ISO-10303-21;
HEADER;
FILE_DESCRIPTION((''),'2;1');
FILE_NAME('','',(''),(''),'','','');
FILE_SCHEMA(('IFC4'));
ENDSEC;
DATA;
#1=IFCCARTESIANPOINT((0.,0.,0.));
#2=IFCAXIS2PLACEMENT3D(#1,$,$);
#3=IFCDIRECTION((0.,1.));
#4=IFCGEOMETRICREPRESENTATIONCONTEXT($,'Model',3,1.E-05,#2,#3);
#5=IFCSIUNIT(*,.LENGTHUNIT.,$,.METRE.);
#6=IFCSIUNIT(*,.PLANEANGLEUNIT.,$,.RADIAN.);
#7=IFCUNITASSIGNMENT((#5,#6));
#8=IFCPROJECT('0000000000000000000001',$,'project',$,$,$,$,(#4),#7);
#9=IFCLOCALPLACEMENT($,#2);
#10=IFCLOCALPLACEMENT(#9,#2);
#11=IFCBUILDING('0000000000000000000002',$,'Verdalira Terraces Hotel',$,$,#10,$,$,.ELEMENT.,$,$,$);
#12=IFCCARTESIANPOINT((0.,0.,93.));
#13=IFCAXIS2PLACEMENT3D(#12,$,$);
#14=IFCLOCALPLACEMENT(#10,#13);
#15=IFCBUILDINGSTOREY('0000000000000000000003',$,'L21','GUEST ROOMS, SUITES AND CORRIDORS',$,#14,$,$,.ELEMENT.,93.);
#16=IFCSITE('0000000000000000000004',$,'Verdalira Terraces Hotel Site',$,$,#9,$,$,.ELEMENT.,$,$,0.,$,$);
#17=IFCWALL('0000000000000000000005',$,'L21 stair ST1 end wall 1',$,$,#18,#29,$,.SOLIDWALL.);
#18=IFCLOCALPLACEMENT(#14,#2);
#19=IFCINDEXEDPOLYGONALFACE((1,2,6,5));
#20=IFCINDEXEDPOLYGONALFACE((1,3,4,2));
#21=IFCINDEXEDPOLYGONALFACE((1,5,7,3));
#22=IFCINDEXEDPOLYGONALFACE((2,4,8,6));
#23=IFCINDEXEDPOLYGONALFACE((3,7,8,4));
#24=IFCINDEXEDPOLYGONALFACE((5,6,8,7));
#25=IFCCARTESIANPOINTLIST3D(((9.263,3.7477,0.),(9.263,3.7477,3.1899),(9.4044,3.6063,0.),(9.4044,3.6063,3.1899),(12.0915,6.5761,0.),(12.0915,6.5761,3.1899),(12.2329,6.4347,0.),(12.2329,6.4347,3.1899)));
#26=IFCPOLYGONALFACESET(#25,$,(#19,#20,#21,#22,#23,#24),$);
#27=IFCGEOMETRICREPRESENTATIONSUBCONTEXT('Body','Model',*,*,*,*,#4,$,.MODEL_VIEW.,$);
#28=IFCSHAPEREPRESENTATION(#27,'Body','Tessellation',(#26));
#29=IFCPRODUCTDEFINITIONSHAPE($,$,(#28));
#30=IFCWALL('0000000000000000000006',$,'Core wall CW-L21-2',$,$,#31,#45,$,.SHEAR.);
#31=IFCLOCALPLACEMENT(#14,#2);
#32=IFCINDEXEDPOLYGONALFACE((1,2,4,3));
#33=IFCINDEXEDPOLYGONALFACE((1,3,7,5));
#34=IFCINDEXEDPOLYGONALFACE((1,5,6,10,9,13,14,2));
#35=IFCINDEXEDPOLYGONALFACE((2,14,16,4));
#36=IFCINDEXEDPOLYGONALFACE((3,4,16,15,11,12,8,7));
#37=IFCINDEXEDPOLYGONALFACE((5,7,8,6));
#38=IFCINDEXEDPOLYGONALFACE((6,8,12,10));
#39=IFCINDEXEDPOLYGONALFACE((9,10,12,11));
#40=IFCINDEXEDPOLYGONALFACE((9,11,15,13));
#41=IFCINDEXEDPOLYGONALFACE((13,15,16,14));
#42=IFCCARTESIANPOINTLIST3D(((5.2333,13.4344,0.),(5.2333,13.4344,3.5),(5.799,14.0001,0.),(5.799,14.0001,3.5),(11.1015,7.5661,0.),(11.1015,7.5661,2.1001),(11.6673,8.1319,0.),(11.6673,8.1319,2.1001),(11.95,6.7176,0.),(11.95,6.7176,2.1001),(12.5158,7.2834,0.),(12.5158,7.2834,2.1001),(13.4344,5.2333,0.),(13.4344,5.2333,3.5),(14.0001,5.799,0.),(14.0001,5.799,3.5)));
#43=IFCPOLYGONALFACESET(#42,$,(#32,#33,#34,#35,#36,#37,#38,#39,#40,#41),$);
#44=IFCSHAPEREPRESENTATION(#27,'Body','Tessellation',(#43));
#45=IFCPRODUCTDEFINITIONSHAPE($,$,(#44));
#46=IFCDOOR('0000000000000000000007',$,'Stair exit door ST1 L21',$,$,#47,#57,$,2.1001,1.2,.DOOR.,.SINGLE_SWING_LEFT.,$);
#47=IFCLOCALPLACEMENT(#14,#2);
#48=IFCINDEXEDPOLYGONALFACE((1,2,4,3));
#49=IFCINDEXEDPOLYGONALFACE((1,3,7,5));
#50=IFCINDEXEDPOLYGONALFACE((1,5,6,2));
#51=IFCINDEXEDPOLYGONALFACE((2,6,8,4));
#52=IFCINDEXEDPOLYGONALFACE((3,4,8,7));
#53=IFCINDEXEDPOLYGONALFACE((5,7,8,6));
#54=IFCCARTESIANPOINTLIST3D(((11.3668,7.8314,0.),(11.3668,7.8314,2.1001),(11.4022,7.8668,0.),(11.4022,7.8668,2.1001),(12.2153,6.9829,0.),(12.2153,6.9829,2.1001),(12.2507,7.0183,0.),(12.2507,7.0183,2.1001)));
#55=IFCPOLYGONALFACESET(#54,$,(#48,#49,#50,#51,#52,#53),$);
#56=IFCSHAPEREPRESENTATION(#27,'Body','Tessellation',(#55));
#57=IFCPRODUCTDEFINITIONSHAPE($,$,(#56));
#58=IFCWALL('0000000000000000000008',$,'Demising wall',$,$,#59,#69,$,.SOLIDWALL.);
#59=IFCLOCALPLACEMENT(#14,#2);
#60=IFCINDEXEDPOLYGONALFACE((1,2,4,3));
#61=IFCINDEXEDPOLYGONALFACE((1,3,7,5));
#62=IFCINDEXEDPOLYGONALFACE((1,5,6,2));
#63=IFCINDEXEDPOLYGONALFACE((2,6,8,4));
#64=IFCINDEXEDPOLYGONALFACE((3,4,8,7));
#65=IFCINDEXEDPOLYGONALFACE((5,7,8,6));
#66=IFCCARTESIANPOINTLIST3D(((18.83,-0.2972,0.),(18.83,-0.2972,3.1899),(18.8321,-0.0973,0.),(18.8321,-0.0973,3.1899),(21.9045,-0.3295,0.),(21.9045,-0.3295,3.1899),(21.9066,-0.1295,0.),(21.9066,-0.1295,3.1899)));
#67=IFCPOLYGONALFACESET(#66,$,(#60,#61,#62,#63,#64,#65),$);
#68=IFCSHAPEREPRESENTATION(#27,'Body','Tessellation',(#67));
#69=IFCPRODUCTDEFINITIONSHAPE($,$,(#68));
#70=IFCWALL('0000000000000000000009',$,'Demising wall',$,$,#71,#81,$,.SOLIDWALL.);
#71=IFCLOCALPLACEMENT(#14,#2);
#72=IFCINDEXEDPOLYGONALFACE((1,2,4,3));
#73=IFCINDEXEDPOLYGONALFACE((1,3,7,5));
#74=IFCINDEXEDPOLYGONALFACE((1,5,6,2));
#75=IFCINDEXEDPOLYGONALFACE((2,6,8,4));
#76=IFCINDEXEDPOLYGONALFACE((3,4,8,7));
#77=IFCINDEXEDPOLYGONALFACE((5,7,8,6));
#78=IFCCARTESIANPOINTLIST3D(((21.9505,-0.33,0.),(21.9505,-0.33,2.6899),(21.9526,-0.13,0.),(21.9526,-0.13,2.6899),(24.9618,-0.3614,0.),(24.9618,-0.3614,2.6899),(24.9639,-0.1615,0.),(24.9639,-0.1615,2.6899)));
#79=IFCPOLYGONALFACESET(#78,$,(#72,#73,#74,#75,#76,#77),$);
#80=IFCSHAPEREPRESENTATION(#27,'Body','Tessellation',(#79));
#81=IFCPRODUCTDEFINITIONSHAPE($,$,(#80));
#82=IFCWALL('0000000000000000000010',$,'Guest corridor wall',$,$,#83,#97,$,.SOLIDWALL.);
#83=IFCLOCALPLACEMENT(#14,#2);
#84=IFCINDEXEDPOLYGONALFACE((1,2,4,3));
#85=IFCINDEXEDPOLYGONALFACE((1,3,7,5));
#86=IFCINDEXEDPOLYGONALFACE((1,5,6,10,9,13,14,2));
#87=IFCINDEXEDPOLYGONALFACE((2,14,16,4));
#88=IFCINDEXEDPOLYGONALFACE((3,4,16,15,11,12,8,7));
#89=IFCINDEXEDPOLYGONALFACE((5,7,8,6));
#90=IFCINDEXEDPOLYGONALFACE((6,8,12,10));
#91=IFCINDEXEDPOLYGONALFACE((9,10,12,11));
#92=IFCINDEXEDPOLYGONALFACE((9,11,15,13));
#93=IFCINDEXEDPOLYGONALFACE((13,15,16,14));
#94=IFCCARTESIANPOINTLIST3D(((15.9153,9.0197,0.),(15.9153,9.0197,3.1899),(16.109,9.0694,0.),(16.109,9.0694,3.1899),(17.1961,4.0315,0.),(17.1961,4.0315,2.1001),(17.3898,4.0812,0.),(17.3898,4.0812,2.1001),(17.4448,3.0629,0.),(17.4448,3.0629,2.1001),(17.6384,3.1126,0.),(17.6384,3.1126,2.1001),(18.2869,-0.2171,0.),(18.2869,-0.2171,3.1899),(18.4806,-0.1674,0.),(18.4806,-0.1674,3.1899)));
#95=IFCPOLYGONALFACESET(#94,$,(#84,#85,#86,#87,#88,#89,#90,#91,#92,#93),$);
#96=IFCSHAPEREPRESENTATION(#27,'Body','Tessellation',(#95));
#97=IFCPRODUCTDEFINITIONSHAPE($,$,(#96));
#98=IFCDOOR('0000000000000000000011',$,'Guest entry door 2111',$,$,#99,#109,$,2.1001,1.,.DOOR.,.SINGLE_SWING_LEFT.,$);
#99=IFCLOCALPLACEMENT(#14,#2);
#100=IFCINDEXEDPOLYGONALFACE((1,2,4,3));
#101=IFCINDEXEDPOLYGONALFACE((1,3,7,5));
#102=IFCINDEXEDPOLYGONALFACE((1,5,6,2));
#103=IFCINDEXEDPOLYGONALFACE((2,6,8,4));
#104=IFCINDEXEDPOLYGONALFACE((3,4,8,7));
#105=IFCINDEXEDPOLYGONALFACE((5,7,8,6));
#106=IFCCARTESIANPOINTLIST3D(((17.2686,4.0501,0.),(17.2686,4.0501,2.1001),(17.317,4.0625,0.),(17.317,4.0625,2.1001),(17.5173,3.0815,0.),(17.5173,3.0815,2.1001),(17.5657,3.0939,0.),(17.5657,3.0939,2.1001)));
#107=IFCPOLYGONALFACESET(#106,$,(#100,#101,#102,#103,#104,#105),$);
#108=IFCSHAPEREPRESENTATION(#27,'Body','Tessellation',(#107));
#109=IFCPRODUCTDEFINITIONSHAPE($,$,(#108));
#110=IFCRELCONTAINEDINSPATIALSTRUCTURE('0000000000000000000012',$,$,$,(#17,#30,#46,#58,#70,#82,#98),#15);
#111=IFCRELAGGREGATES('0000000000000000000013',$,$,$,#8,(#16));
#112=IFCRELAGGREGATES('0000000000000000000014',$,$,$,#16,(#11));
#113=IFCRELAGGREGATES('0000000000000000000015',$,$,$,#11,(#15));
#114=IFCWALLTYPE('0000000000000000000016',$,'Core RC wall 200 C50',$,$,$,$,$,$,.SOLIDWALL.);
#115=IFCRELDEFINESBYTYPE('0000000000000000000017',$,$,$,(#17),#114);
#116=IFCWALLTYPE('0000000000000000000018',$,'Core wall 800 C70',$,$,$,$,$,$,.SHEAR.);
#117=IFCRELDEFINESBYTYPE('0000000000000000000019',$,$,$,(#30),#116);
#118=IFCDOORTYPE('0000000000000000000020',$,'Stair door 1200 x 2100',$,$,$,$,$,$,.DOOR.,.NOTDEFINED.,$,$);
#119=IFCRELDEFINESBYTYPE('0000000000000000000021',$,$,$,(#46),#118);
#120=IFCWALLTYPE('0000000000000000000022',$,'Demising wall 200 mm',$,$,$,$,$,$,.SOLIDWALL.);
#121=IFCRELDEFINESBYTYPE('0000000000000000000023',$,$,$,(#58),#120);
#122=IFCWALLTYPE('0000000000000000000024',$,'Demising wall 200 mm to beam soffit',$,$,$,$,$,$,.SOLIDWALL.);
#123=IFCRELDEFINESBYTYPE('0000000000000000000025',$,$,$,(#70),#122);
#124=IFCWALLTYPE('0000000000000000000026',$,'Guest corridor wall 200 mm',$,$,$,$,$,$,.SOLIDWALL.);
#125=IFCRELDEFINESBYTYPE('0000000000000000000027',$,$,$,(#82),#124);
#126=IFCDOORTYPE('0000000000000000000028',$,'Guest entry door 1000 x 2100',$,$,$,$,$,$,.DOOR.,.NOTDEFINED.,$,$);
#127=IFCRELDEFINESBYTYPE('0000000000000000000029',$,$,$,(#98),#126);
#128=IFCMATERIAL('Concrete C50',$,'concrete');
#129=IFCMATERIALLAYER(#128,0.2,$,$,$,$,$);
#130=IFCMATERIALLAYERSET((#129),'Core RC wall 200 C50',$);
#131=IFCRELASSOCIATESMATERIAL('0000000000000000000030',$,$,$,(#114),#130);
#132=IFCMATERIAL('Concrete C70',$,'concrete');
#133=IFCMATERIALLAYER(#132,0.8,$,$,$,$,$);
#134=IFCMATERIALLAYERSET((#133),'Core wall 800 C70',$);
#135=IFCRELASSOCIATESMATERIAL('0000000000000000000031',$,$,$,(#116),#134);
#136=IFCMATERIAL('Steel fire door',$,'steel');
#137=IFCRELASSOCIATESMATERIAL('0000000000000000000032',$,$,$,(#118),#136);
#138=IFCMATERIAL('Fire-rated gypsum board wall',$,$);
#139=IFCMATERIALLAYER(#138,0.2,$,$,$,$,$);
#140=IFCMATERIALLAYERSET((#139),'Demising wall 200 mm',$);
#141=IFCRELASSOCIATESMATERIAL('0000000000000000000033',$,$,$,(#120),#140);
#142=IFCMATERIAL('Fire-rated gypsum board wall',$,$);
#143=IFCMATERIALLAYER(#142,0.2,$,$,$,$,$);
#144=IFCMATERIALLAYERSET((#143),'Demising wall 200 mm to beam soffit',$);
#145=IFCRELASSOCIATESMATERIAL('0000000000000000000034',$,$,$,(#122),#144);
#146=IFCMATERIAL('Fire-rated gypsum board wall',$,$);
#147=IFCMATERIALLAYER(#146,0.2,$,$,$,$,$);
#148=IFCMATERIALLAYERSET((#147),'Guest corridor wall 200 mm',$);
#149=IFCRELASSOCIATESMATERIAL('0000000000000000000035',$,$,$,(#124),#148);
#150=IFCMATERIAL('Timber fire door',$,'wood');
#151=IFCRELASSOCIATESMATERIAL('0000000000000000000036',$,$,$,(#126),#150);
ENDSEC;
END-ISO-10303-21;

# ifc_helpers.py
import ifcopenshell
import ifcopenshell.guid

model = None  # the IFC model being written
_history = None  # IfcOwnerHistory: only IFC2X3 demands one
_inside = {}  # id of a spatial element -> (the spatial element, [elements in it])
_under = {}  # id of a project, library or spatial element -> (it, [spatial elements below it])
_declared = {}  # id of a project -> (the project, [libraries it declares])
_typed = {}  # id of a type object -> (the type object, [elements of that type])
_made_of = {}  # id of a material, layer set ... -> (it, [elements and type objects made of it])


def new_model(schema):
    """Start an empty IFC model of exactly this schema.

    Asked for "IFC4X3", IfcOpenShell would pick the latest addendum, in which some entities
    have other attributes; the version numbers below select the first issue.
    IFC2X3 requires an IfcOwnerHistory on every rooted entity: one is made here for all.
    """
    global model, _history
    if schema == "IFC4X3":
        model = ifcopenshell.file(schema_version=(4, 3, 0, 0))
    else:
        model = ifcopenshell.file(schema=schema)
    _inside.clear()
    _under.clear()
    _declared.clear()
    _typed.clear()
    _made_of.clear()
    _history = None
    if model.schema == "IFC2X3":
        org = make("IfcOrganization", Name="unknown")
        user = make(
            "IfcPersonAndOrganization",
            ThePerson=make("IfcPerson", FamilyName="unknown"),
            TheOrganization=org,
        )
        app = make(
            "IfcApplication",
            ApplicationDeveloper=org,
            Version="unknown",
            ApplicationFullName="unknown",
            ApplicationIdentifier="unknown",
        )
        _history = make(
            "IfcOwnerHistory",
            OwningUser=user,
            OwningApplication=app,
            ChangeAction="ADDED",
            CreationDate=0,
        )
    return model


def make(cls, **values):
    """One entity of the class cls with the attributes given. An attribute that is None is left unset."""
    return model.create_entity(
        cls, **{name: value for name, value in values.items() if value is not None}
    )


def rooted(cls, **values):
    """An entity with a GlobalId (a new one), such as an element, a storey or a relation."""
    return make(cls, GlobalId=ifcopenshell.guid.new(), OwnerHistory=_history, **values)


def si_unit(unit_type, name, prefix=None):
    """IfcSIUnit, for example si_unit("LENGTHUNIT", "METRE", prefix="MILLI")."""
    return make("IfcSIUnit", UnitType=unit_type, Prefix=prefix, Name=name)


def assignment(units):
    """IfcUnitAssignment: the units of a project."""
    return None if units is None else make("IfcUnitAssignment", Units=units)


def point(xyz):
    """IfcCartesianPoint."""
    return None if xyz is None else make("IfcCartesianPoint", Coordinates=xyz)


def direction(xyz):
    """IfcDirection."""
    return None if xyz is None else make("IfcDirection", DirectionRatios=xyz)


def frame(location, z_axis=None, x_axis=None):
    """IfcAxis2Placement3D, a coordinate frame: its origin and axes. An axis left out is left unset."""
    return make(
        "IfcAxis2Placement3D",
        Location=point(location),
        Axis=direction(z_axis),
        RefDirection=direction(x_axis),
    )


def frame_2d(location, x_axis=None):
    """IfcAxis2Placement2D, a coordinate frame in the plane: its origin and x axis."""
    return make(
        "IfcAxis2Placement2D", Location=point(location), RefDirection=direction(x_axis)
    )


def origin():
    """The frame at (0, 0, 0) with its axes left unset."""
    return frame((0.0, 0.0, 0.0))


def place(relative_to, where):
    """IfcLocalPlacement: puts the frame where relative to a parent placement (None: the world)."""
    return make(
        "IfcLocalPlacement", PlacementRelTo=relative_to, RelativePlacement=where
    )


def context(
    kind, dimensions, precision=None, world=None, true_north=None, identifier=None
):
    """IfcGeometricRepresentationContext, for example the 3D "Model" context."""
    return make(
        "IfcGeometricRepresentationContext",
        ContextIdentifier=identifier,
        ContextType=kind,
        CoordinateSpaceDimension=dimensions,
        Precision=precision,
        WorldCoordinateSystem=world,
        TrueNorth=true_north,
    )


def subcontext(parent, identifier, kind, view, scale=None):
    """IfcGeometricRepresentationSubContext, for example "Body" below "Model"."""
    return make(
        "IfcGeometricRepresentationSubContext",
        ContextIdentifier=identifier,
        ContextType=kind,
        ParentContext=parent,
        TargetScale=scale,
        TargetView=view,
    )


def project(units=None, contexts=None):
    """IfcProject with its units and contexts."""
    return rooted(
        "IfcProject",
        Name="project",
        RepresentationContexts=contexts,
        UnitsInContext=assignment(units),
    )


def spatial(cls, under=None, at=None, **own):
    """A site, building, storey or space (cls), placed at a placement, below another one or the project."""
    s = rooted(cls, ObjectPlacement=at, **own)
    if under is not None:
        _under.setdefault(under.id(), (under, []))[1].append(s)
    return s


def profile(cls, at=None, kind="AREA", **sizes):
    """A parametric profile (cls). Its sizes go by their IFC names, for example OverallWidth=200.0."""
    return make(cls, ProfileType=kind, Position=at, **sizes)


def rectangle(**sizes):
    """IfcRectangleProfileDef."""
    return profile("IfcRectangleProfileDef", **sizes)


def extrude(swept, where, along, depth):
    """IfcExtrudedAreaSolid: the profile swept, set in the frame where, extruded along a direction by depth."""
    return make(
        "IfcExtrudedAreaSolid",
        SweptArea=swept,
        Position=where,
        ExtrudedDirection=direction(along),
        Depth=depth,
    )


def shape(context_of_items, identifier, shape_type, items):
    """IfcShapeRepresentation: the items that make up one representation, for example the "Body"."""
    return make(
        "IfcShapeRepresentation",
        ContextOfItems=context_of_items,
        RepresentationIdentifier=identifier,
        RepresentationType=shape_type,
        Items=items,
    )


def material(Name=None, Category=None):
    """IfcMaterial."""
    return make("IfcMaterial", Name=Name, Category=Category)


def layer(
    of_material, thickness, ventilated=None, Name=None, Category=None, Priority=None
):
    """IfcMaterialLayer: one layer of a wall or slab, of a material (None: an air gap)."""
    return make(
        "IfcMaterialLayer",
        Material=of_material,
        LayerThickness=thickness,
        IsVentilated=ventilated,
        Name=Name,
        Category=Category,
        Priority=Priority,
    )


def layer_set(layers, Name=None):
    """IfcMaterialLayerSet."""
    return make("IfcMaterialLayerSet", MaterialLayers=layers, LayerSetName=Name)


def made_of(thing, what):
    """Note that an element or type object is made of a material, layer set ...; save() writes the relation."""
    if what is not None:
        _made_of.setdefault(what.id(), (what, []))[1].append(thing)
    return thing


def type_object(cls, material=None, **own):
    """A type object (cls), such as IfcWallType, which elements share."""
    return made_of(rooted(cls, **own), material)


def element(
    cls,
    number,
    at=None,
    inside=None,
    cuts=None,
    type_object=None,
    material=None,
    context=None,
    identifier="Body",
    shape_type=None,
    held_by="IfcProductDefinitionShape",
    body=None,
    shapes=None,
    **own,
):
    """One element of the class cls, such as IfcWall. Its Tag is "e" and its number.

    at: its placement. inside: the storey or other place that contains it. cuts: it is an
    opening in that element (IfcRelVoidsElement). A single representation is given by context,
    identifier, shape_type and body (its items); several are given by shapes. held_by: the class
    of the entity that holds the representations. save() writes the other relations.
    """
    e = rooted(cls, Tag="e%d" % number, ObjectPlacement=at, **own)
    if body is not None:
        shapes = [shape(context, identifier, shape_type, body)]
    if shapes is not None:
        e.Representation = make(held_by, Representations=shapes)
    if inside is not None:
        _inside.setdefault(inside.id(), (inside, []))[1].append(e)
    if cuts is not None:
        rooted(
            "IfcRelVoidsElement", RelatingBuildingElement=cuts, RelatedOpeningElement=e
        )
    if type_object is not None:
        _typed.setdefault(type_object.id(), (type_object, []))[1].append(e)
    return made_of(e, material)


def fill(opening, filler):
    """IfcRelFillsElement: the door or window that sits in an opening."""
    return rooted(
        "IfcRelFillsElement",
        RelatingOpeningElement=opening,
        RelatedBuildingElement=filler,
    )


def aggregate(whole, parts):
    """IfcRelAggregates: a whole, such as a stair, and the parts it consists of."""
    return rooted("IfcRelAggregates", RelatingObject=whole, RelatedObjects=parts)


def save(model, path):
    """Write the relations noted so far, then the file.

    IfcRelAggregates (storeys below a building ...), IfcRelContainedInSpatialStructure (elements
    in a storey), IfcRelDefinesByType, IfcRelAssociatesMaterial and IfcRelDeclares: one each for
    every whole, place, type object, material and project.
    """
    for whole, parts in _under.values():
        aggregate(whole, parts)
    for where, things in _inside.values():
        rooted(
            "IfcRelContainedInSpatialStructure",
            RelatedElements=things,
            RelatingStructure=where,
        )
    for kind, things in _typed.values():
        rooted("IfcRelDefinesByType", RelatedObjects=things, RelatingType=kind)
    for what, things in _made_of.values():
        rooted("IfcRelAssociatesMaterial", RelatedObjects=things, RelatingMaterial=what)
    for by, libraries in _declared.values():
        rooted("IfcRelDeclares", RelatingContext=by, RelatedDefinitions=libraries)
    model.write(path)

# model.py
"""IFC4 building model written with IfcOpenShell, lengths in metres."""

from ifc_helpers import new_model, si_unit, direction, frame, frame_2d, origin, place, context, subcontext, project, spatial, rectangle, extrude, material, layer, layer_set, type_object, element, fill, save


model = new_model("IFC4")

# Units and contexts
model_context = context("Model", 3, precision=1e-05, world=origin(), true_north=direction((0.0, 1.0)))
body_context = subcontext(model_context, "Body", "Model", "MODEL_VIEW")
ifc_project = project(units=[si_unit("LENGTHUNIT", "METRE"), si_unit("PLANEANGLEUNIT", "RADIAN")], contexts=[model_context])

# Site, building, storey
site_placement = place(None, origin())
site = spatial("IfcSite", under=ifc_project, at=site_placement, Name="Verdalira Terraces Hotel Site", CompositionType="ELEMENT", RefElevation=0.0)
building_placement = place(site_placement, origin())
building = spatial("IfcBuilding", under=site, at=building_placement, Name="Verdalira Terraces Hotel", CompositionType="ELEMENT")
storey_placement = place(building_placement, frame((0.0, 0.0, 93.0)))
storey = spatial("IfcBuildingStorey", under=building, at=storey_placement, Name="L21", Description="GUEST ROOMS, SUITES AND CORRIDORS", CompositionType="ELEMENT", Elevation=93.0)

# Shared definitions
ifc_material_1 = material(Name="Concrete C50", Category="concrete")
ifc_layer_1 = layer(ifc_material_1, 0.2)
ifc_layer_set_1 = layer_set([ifc_layer_1], Name="Core RC wall 200 C50")
wall_type_1 = type_object("IfcWallType", Name="Core RC wall 200 C50", PredefinedType="SOLIDWALL", material=ifc_layer_set_1)

# Wall
wall_1_placement = place(storey_placement, frame((9.3337, 3.677, 0.0), z_axis=(0.0, 0.0, 1.0), x_axis=(0.707107, 0.707107, 0.0)))
element("IfcWall", 1, at=wall_1_placement, inside=storey, type_object=wall_type_1, Name="L21 stair ST1 end wall 1", PredefinedType="SOLIDWALL", context=body_context, shape_type="SweptSolid", body=[
    extrude(rectangle(XDim=4.0, YDim=0.2, at=frame_2d((2.0, 0.0))), origin(), (0.0, 0.0, 1.0), 3.1899),
])

# Wall, opening, door
ifc_material_2 = material(Name="Concrete C70", Category="concrete")
ifc_layer_2 = layer(ifc_material_2, 0.8)
ifc_layer_set_2 = layer_set([ifc_layer_2], Name="Core wall 800 C70")
wall_type_2 = type_object("IfcWallType", Name="Core wall 800 C70", PredefinedType="SHEAR", material=ifc_layer_set_2)
wall_2_placement = place(storey_placement, frame((13.7173, 5.5161, 0.0), z_axis=(0.0, 0.0, 1.0), x_axis=(-0.707107, 0.707107, 0.0)))
wall_2 = element("IfcWall", 2, at=wall_2_placement, inside=storey, type_object=wall_type_2, Name="Core wall CW-L21-2", PredefinedType="SHEAR", context=body_context, shape_type="SweptSolid", body=[
    extrude(rectangle(XDim=11.5981, YDim=0.8, at=frame_2d((5.7991, 0.0))), origin(), (0.0, 0.0, 1.0), 3.5),
])
opening_1_placement = place(wall_2_placement, frame((2.0991, 0.0, 0.0)))
opening_1 = element("IfcOpeningElement", 3, at=opening_1_placement, cuts=wall_2, PredefinedType="OPENING", context=body_context, shape_type="SweptSolid", body=[
    extrude(rectangle(XDim=1.2, YDim=2.1001, at=frame_2d((0.6001, 1.05))), frame((0.0, 0.4099, 0.0), z_axis=(0.0, -1.0, 0.0), x_axis=(1.0, 0.0, 0.0)), (0.0, 0.0, 1.0), 0.8201),
])
ifc_material_3 = material(Name="Steel fire door", Category="steel")
door_type_1 = type_object("IfcDoorType", Name="Stair door 1200 x 2100", OperationType="NOTDEFINED", PredefinedType="DOOR", material=ifc_material_3)
door_1_placement = place(opening_1_placement, origin())
door_1 = element("IfcDoor", 4, at=door_1_placement, inside=storey, type_object=door_type_1, Name="Stair exit door ST1 L21", OperationType="SINGLE_SWING_LEFT", OverallHeight=2.1001, OverallWidth=1.2, PredefinedType="DOOR", context=body_context, shape_type="SweptSolid", body=[
    extrude(rectangle(XDim=1.2, YDim=2.1001, at=frame_2d((0.6001, 1.05))), frame((0.0, 0.0249, 0.0), z_axis=(0.0, -1.0, 0.0), x_axis=(1.0, 0.0, 0.0)), (0.0, 0.0, 1.0), 0.05),
])
fill(opening_1, door_1)

# Walls
ifc_material_4 = material(Name="Fire-rated gypsum board wall")
ifc_layer_3 = layer(ifc_material_4, 0.2)
ifc_layer_set_3 = layer_set([ifc_layer_3], Name="Demising wall 200 mm")
wall_type_3 = type_object("IfcWallType", Name="Demising wall 200 mm", PredefinedType="SOLIDWALL", material=ifc_layer_set_3)
wall_3_placement = place(storey_placement, frame((18.8311, -0.1973, 0.0), z_axis=(0.0, 0.0, 1.0), x_axis=(0.999945, -0.010481, 0.0)))
element("IfcWall", 5, at=wall_3_placement, inside=storey, type_object=wall_type_3, Name="Demising wall", PredefinedType="SOLIDWALL", context=body_context, shape_type="SweptSolid", body=[
    extrude(rectangle(XDim=3.0747, YDim=0.2, at=frame_2d((1.5374, 0.0))), origin(), (0.0, 0.0, 1.0), 3.1899),
])
ifc_material_5 = material(Name="Fire-rated gypsum board wall")
ifc_layer_4 = layer(ifc_material_5, 0.2)
ifc_layer_set_4 = layer_set([ifc_layer_4], Name="Demising wall 200 mm to beam soffit")
wall_type_4 = type_object("IfcWallType", Name="Demising wall 200 mm to beam soffit", PredefinedType="SOLIDWALL", material=ifc_layer_set_4)
wall_4_placement = place(storey_placement, frame((21.9514, -0.23, 0.0), z_axis=(0.0, 0.0, 1.0), x_axis=(0.999945, -0.010458, 0.0)))
element("IfcWall", 6, at=wall_4_placement, inside=storey, type_object=wall_type_4, Name="Demising wall", PredefinedType="SOLIDWALL", context=body_context, shape_type="SweptSolid", body=[
    extrude(rectangle(XDim=3.0115, YDim=0.2, at=frame_2d((1.5059, 0.0))), origin(), (0.0, 0.0, 1.0), 2.6899),
])

# Wall, opening, door
ifc_material_6 = material(Name="Fire-rated gypsum board wall")
ifc_layer_5 = layer(ifc_material_6, 0.2)
ifc_layer_set_5 = layer_set([ifc_layer_5], Name="Guest corridor wall 200 mm")
wall_type_5 = type_object("IfcWallType", Name="Guest corridor wall 200 mm", PredefinedType="SOLIDWALL", material=ifc_layer_set_5)
wall_5_placement = place(storey_placement, frame((16.0122, 9.0444, 0.0), z_axis=(0.0, 0.0, 1.0), x_axis=(0.248687, -0.968584, 0.0)))
wall_5 = element("IfcWall", 7, at=wall_5_placement, inside=storey, type_object=wall_type_5, Name="Guest corridor wall", PredefinedType="SOLIDWALL", context=body_context, shape_type="SweptSolid", body=[
    extrude(rectangle(XDim=9.5364, YDim=0.2, at=frame_2d((4.7681, 0.0))), origin(), (0.0, 0.0, 1.0), 3.1899),
])
opening_2_placement = place(wall_5_placement, frame((5.1499, 0.0, 0.0)))
opening_2 = element("IfcOpeningElement", 8, at=opening_2_placement, cuts=wall_5, PredefinedType="OPENING", context=body_context, shape_type="SweptSolid", body=[
    extrude(rectangle(XDim=1.0, YDim=2.1001, at=frame_2d((0.5, 1.05))), frame((0.0, 0.1099, 0.0), z_axis=(0.0, -1.0, 0.0), x_axis=(1.0, 0.0, 0.0)), (0.0, 0.0, 1.0), 0.22),
])
ifc_material_7 = material(Name="Timber fire door", Category="wood")
door_type_2 = type_object("IfcDoorType", Name="Guest entry door 1000 x 2100", OperationType="NOTDEFINED", PredefinedType="DOOR", material=ifc_material_7)
door_2_placement = place(opening_2_placement, origin())
door_2 = element("IfcDoor", 9, at=door_2_placement, inside=storey, type_object=door_type_2, Name="Guest entry door 2111", OperationType="SINGLE_SWING_LEFT", OverallHeight=2.1001, OverallWidth=1.0, PredefinedType="DOOR", context=body_context, shape_type="SweptSolid", body=[
    extrude(rectangle(XDim=1.0, YDim=2.1001, at=frame_2d((0.5, 1.05))), frame((0.0, 0.0249, 0.0), z_axis=(0.0, -1.0, 0.0), x_axis=(1.0, 0.0, 0.0)), (0.0, 0.0, 1.0), 0.05),
])
fill(opening_2, door_2)

save(model, "model.ifc")
